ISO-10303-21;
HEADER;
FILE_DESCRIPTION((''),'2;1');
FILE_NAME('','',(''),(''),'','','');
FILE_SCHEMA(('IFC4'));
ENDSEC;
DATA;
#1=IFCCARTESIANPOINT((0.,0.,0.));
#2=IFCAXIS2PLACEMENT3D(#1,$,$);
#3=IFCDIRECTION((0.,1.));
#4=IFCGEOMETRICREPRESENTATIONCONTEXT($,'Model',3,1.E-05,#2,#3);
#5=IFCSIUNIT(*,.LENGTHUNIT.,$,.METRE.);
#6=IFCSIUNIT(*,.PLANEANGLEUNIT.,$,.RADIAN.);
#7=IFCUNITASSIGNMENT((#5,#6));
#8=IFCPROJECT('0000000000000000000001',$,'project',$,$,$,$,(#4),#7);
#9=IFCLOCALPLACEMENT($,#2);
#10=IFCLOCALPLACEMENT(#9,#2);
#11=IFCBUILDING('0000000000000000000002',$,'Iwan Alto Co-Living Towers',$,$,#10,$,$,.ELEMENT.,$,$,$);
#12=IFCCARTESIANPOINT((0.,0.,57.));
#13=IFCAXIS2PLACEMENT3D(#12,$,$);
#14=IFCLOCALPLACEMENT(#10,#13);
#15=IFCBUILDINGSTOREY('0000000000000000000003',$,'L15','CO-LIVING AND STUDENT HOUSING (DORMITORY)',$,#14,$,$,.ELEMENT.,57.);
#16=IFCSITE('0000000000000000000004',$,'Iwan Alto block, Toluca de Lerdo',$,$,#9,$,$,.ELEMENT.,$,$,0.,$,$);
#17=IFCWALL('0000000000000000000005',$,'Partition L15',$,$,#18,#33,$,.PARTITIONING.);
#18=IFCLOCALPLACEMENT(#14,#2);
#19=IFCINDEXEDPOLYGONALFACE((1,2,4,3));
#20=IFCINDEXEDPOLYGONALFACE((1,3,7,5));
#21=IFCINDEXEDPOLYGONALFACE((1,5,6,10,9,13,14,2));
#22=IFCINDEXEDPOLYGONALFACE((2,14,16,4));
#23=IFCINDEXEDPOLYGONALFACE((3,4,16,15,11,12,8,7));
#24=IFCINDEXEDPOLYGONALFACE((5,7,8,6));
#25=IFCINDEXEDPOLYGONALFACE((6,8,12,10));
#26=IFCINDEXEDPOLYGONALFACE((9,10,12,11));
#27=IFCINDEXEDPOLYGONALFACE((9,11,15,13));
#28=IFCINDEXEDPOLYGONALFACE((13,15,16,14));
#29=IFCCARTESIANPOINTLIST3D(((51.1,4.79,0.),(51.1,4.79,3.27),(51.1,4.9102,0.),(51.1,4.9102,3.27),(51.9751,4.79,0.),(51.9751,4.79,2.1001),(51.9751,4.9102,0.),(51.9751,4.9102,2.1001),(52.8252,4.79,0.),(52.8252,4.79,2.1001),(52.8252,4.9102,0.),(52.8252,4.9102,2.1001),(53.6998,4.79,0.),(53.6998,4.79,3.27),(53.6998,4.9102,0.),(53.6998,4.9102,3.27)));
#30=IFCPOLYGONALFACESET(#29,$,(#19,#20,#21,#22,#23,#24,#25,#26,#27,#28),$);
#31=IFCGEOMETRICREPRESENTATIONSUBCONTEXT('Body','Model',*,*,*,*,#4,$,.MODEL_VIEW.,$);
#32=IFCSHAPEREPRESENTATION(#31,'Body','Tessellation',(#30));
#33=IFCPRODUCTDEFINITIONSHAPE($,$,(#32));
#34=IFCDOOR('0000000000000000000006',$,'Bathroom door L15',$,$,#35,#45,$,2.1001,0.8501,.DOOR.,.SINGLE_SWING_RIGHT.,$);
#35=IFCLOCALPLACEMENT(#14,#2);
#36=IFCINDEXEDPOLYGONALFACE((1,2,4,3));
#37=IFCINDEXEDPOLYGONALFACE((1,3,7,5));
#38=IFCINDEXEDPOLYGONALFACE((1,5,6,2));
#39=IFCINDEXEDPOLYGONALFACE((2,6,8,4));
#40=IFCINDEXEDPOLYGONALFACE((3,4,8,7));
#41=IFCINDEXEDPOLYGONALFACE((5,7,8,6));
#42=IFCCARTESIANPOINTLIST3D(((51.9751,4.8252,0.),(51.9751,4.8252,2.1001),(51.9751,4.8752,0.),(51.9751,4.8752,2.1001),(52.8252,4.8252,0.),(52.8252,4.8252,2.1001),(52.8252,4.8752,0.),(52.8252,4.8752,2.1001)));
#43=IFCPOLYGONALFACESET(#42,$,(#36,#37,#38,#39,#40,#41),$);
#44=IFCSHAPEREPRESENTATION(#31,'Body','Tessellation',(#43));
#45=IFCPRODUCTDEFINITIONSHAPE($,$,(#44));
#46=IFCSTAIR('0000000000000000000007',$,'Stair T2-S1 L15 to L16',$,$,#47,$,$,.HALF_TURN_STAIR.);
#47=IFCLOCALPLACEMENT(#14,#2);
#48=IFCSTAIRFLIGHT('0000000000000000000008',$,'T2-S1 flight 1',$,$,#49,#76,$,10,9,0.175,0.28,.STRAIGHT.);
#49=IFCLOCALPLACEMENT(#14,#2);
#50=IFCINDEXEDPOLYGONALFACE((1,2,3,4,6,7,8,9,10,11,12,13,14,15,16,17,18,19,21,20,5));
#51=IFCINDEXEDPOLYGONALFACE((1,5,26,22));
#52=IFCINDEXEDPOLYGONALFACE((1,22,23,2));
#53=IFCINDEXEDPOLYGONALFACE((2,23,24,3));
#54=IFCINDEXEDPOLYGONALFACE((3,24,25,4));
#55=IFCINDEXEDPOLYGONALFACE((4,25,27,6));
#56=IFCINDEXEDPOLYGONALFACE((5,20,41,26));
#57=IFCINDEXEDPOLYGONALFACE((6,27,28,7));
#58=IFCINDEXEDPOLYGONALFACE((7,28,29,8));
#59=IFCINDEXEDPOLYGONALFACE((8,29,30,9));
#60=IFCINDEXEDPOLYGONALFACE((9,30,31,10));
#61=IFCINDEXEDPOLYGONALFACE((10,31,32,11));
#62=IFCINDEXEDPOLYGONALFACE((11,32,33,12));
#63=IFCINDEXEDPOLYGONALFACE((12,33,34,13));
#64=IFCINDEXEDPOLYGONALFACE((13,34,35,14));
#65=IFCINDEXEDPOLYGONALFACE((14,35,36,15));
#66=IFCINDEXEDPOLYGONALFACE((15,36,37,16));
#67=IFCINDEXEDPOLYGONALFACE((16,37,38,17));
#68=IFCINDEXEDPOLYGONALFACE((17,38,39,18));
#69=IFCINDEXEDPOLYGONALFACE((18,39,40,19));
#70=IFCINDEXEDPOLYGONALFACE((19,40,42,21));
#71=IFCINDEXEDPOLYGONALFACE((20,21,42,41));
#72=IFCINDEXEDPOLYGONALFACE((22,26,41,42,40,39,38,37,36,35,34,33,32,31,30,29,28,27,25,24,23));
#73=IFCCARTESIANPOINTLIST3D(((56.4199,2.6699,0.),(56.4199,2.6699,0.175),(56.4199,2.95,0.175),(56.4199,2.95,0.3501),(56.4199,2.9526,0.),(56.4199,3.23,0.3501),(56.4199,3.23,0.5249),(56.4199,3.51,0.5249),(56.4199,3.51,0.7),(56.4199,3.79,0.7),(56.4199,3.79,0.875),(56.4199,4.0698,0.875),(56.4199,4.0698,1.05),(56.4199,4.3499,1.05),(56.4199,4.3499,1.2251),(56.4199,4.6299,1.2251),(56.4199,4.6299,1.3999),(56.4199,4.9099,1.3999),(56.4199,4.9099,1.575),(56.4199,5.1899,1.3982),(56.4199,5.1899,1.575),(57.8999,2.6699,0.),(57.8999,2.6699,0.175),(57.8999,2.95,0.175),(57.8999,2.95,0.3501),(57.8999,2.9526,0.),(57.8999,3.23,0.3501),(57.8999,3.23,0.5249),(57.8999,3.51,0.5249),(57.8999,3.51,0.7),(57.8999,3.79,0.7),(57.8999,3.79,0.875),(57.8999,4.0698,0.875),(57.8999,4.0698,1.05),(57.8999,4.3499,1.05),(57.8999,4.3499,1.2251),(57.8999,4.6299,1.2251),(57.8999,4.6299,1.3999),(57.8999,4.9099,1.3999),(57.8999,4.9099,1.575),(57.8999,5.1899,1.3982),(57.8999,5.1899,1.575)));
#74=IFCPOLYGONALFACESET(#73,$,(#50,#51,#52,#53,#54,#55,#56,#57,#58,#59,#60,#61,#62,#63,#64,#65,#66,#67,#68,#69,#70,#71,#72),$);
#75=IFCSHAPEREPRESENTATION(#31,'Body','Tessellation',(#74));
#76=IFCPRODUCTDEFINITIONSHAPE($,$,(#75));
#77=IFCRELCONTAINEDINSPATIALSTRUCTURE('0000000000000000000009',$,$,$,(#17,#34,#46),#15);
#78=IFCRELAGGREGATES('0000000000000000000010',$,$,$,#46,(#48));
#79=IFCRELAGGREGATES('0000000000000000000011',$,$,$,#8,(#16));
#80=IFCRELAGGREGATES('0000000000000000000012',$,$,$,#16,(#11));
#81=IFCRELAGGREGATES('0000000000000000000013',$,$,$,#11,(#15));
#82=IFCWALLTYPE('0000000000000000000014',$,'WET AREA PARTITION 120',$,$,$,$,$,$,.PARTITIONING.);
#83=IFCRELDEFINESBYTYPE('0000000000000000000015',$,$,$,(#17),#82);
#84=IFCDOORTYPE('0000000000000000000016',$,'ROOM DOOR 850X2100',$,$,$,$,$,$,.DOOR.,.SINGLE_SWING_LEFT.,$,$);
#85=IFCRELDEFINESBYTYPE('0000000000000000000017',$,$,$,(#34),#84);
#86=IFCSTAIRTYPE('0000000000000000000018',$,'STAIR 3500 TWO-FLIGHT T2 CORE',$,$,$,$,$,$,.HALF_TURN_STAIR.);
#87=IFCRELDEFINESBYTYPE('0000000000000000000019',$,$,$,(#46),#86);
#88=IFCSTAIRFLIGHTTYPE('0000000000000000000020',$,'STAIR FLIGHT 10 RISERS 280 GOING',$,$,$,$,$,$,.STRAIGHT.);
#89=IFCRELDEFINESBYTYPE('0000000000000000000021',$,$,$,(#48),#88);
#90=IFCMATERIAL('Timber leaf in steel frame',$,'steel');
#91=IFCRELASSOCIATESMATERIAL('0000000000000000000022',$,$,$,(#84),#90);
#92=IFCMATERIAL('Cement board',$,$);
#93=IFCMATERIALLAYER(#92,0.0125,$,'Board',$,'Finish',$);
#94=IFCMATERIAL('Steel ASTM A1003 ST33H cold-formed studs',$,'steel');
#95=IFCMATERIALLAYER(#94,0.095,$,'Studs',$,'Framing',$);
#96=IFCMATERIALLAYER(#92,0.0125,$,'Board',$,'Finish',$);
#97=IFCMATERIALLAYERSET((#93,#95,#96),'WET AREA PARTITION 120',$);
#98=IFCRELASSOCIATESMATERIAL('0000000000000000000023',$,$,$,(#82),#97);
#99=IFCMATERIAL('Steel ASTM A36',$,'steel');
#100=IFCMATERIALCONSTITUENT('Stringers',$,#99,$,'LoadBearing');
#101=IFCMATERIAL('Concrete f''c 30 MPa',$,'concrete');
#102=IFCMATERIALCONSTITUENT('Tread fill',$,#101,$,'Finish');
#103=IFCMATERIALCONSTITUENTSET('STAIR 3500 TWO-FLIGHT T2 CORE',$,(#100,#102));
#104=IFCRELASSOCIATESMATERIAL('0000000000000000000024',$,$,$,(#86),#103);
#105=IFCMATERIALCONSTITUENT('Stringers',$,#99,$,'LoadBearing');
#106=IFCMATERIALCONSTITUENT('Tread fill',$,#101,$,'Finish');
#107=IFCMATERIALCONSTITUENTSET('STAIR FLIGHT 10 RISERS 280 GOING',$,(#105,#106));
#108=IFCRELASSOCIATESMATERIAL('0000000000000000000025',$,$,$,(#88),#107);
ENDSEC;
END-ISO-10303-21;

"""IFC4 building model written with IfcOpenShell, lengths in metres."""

from ifc_helpers import new_model, si_unit, direction, frame, frame_2d, origin, place, context, subcontext, project, spatial, polyline, rectangle, outline, extrude, material, layer, layer_set, constituent, constituent_set, type_object, element, fill, aggregate, save


model = new_model("IFC4")

# Units and contexts
model_context = context("Model", 3, precision=1e-05, world=origin(), true_north=direction((0.0, 1.0)))
body_context = subcontext(model_context, "Body", "Model", "MODEL_VIEW")
ifc_project = project(units=[si_unit("LENGTHUNIT", "METRE"), si_unit("PLANEANGLEUNIT", "RADIAN")], contexts=[model_context])

# Site, building, storey
site_placement = place(None, origin())
site = spatial("IfcSite", under=ifc_project, at=site_placement, Name="Iwan Alto block, Toluca de Lerdo", CompositionType="ELEMENT", RefElevation=0.0)
building_placement = place(site_placement, origin())
building = spatial("IfcBuilding", under=site, at=building_placement, Name="Iwan Alto Co-Living Towers", CompositionType="ELEMENT")
storey_placement = place(building_placement, frame((0.0, 0.0, 57.0)))
storey = spatial("IfcBuildingStorey", under=building, at=storey_placement, Name="L15", Description="CO-LIVING AND STUDENT HOUSING (DORMITORY)", CompositionType="ELEMENT", Elevation=57.0)

# Shared definitions
ifc_material_1 = material(Name="Steel ASTM A1003 ST33H cold-formed studs", Category="steel")

# Shared definitions
ifc_material_2 = material(Name="Timber leaf in steel frame", Category="steel")
door_type_1 = type_object("IfcDoorType", Name="ROOM DOOR 850X2100", OperationType="SINGLE_SWING_LEFT", PredefinedType="DOOR", material=ifc_material_2)

# Wall, opening, door
ifc_material_3 = material(Name="Cement board")
ifc_layer_1 = layer(ifc_material_3, 0.0125, Name="Board", Category="Finish")
ifc_layer_2 = layer(ifc_material_1, 0.095, Name="Studs", Category="Framing")
ifc_layer_3 = layer(ifc_material_3, 0.0125, Name="Board", Category="Finish")
ifc_layer_set_1 = layer_set([ifc_layer_1, ifc_layer_2, ifc_layer_3], Name="WET AREA PARTITION 120")
wall_type_1 = type_object("IfcWallType", Name="WET AREA PARTITION 120", PredefinedType="PARTITIONING", material=ifc_layer_set_1)
wall_1_placement = place(storey_placement, frame((51.1001, 4.8501, 0.0), z_axis=(0.0, 0.0, 1.0), x_axis=(1.0, 0.0, 0.0)))
wall_1 = element("IfcWall", 1, at=wall_1_placement, inside=storey, type_object=wall_type_1, Name="Partition L15", PredefinedType="PARTITIONING", context=body_context, shape_type="SweptSolid", body=[
    extrude(rectangle(XDim=2.5999, YDim=0.1201, at=frame_2d((1.2998, 0.0))), origin(), (0.0, 0.0, 1.0), 3.27),
])
opening_1_placement = place(wall_1_placement, frame((0.875, 0.0, 0.0)))
opening_1 = element("IfcOpeningElement", 2, at=opening_1_placement, cuts=wall_1, PredefinedType="OPENING", context=body_context, shape_type="SweptSolid", body=[
    extrude(rectangle(XDim=0.8501, YDim=2.1001, at=frame_2d((0.425, 1.05))), frame((0.0, 0.0701, 0.0), z_axis=(0.0, -1.0, 0.0), x_axis=(1.0, 0.0, 0.0)), (0.0, 0.0, 1.0), 0.1401),
])
door_1_placement = place(opening_1_placement, frame((0.8501, 0.0, 0.0), z_axis=(0.0, 0.0, 1.0), x_axis=(-1.0, 0.0, 0.0)))
door_1 = element("IfcDoor", 3, at=door_1_placement, inside=storey, type_object=door_type_1, Name="Bathroom door L15", OperationType="SINGLE_SWING_RIGHT", OverallHeight=2.1001, OverallWidth=0.8501, PredefinedType="DOOR", context=body_context, shape_type="SweptSolid", body=[
    extrude(rectangle(XDim=0.8501, YDim=2.1001, at=frame_2d((0.425, 1.05))), frame((0.0, 0.0249, 0.0), z_axis=(0.0, -1.0, 0.0), x_axis=(1.0, 0.0, 0.0)), (0.0, 0.0, 1.0), 0.05),
])
fill(opening_1, door_1)

# Stair, stair flight
ifc_material_4 = material(Name="Steel ASTM A36", Category="steel")
ifc_constituent_1 = constituent(ifc_material_4, Name="Stringers", Category="LoadBearing")
ifc_material_5 = material(Name="Concrete f'c 30 MPa", Category="concrete")
ifc_constituent_2 = constituent(ifc_material_5, Name="Tread fill", Category="Finish")
ifc_constituent_set_1 = constituent_set(constituents=[ifc_constituent_1, ifc_constituent_2], Name="STAIR 3500 TWO-FLIGHT T2 CORE")
stair_type = type_object("IfcStairType", Name="STAIR 3500 TWO-FLIGHT T2 CORE", PredefinedType="HALF_TURN_STAIR", material=ifc_constituent_set_1)
stair_placement = place(storey_placement, origin())
stair = element("IfcStair", 4, at=stair_placement, inside=storey, type_object=stair_type, Name="Stair T2-S1 L15 to L16", PredefinedType="HALF_TURN_STAIR")
ifc_constituent_3 = constituent(ifc_material_4, Name="Stringers", Category="LoadBearing")
ifc_constituent_4 = constituent(ifc_material_5, Name="Tread fill", Category="Finish")
ifc_constituent_set_2 = constituent_set(constituents=[ifc_constituent_3, ifc_constituent_4], Name="STAIR FLIGHT 10 RISERS 280 GOING")
stair_flight_type = type_object("IfcStairFlightType", Name="STAIR FLIGHT 10 RISERS 280 GOING", PredefinedType="STRAIGHT", material=ifc_constituent_set_2)
stair_flight_placement = place(storey_placement, frame((57.1599, 2.6699, 0.0), z_axis=(0.0, 0.0, 1.0), x_axis=(0.0, 1.0, 0.0)))
stair_flight = element("IfcStairFlight", 5, at=stair_flight_placement, type_object=stair_flight_type, Name="T2-S1 flight 1", NumberOfRisers=10, NumberOfTreads=9, PredefinedType="STRAIGHT", RiserHeight=0.175, TreadLength=0.28, context=body_context, shape_type="SweptSolid", body=[
    extrude(outline(polyline([(0.0, 0.0), (0.0, 0.175), (0.28, 0.175), (0.28, 0.3501), (0.5601, 0.3501), (0.5601, 0.5249), (0.8401, 0.5249), (0.8401, 0.7), (1.1201, 0.7), (1.1201, 0.875), (1.3999, 0.875), (1.3999, 1.05), (1.6799, 1.05), (1.6799, 1.2251), (1.96, 1.2251), (1.96, 1.3999), (2.24, 1.3999), (2.24, 1.575), (2.52, 1.575), (2.52, 1.75), (2.52, 1.3982), (0.2827, 0.0), (0.0, 0.0)])), frame((0.0, 0.74, 0.0), z_axis=(0.0, -1.0, 0.0), x_axis=(1.0, 0.0, 0.0)), (0.0, 0.0, 1.0), 1.48),
])
aggregate(stair, [stair_flight])

save(model, "model.ifc")
